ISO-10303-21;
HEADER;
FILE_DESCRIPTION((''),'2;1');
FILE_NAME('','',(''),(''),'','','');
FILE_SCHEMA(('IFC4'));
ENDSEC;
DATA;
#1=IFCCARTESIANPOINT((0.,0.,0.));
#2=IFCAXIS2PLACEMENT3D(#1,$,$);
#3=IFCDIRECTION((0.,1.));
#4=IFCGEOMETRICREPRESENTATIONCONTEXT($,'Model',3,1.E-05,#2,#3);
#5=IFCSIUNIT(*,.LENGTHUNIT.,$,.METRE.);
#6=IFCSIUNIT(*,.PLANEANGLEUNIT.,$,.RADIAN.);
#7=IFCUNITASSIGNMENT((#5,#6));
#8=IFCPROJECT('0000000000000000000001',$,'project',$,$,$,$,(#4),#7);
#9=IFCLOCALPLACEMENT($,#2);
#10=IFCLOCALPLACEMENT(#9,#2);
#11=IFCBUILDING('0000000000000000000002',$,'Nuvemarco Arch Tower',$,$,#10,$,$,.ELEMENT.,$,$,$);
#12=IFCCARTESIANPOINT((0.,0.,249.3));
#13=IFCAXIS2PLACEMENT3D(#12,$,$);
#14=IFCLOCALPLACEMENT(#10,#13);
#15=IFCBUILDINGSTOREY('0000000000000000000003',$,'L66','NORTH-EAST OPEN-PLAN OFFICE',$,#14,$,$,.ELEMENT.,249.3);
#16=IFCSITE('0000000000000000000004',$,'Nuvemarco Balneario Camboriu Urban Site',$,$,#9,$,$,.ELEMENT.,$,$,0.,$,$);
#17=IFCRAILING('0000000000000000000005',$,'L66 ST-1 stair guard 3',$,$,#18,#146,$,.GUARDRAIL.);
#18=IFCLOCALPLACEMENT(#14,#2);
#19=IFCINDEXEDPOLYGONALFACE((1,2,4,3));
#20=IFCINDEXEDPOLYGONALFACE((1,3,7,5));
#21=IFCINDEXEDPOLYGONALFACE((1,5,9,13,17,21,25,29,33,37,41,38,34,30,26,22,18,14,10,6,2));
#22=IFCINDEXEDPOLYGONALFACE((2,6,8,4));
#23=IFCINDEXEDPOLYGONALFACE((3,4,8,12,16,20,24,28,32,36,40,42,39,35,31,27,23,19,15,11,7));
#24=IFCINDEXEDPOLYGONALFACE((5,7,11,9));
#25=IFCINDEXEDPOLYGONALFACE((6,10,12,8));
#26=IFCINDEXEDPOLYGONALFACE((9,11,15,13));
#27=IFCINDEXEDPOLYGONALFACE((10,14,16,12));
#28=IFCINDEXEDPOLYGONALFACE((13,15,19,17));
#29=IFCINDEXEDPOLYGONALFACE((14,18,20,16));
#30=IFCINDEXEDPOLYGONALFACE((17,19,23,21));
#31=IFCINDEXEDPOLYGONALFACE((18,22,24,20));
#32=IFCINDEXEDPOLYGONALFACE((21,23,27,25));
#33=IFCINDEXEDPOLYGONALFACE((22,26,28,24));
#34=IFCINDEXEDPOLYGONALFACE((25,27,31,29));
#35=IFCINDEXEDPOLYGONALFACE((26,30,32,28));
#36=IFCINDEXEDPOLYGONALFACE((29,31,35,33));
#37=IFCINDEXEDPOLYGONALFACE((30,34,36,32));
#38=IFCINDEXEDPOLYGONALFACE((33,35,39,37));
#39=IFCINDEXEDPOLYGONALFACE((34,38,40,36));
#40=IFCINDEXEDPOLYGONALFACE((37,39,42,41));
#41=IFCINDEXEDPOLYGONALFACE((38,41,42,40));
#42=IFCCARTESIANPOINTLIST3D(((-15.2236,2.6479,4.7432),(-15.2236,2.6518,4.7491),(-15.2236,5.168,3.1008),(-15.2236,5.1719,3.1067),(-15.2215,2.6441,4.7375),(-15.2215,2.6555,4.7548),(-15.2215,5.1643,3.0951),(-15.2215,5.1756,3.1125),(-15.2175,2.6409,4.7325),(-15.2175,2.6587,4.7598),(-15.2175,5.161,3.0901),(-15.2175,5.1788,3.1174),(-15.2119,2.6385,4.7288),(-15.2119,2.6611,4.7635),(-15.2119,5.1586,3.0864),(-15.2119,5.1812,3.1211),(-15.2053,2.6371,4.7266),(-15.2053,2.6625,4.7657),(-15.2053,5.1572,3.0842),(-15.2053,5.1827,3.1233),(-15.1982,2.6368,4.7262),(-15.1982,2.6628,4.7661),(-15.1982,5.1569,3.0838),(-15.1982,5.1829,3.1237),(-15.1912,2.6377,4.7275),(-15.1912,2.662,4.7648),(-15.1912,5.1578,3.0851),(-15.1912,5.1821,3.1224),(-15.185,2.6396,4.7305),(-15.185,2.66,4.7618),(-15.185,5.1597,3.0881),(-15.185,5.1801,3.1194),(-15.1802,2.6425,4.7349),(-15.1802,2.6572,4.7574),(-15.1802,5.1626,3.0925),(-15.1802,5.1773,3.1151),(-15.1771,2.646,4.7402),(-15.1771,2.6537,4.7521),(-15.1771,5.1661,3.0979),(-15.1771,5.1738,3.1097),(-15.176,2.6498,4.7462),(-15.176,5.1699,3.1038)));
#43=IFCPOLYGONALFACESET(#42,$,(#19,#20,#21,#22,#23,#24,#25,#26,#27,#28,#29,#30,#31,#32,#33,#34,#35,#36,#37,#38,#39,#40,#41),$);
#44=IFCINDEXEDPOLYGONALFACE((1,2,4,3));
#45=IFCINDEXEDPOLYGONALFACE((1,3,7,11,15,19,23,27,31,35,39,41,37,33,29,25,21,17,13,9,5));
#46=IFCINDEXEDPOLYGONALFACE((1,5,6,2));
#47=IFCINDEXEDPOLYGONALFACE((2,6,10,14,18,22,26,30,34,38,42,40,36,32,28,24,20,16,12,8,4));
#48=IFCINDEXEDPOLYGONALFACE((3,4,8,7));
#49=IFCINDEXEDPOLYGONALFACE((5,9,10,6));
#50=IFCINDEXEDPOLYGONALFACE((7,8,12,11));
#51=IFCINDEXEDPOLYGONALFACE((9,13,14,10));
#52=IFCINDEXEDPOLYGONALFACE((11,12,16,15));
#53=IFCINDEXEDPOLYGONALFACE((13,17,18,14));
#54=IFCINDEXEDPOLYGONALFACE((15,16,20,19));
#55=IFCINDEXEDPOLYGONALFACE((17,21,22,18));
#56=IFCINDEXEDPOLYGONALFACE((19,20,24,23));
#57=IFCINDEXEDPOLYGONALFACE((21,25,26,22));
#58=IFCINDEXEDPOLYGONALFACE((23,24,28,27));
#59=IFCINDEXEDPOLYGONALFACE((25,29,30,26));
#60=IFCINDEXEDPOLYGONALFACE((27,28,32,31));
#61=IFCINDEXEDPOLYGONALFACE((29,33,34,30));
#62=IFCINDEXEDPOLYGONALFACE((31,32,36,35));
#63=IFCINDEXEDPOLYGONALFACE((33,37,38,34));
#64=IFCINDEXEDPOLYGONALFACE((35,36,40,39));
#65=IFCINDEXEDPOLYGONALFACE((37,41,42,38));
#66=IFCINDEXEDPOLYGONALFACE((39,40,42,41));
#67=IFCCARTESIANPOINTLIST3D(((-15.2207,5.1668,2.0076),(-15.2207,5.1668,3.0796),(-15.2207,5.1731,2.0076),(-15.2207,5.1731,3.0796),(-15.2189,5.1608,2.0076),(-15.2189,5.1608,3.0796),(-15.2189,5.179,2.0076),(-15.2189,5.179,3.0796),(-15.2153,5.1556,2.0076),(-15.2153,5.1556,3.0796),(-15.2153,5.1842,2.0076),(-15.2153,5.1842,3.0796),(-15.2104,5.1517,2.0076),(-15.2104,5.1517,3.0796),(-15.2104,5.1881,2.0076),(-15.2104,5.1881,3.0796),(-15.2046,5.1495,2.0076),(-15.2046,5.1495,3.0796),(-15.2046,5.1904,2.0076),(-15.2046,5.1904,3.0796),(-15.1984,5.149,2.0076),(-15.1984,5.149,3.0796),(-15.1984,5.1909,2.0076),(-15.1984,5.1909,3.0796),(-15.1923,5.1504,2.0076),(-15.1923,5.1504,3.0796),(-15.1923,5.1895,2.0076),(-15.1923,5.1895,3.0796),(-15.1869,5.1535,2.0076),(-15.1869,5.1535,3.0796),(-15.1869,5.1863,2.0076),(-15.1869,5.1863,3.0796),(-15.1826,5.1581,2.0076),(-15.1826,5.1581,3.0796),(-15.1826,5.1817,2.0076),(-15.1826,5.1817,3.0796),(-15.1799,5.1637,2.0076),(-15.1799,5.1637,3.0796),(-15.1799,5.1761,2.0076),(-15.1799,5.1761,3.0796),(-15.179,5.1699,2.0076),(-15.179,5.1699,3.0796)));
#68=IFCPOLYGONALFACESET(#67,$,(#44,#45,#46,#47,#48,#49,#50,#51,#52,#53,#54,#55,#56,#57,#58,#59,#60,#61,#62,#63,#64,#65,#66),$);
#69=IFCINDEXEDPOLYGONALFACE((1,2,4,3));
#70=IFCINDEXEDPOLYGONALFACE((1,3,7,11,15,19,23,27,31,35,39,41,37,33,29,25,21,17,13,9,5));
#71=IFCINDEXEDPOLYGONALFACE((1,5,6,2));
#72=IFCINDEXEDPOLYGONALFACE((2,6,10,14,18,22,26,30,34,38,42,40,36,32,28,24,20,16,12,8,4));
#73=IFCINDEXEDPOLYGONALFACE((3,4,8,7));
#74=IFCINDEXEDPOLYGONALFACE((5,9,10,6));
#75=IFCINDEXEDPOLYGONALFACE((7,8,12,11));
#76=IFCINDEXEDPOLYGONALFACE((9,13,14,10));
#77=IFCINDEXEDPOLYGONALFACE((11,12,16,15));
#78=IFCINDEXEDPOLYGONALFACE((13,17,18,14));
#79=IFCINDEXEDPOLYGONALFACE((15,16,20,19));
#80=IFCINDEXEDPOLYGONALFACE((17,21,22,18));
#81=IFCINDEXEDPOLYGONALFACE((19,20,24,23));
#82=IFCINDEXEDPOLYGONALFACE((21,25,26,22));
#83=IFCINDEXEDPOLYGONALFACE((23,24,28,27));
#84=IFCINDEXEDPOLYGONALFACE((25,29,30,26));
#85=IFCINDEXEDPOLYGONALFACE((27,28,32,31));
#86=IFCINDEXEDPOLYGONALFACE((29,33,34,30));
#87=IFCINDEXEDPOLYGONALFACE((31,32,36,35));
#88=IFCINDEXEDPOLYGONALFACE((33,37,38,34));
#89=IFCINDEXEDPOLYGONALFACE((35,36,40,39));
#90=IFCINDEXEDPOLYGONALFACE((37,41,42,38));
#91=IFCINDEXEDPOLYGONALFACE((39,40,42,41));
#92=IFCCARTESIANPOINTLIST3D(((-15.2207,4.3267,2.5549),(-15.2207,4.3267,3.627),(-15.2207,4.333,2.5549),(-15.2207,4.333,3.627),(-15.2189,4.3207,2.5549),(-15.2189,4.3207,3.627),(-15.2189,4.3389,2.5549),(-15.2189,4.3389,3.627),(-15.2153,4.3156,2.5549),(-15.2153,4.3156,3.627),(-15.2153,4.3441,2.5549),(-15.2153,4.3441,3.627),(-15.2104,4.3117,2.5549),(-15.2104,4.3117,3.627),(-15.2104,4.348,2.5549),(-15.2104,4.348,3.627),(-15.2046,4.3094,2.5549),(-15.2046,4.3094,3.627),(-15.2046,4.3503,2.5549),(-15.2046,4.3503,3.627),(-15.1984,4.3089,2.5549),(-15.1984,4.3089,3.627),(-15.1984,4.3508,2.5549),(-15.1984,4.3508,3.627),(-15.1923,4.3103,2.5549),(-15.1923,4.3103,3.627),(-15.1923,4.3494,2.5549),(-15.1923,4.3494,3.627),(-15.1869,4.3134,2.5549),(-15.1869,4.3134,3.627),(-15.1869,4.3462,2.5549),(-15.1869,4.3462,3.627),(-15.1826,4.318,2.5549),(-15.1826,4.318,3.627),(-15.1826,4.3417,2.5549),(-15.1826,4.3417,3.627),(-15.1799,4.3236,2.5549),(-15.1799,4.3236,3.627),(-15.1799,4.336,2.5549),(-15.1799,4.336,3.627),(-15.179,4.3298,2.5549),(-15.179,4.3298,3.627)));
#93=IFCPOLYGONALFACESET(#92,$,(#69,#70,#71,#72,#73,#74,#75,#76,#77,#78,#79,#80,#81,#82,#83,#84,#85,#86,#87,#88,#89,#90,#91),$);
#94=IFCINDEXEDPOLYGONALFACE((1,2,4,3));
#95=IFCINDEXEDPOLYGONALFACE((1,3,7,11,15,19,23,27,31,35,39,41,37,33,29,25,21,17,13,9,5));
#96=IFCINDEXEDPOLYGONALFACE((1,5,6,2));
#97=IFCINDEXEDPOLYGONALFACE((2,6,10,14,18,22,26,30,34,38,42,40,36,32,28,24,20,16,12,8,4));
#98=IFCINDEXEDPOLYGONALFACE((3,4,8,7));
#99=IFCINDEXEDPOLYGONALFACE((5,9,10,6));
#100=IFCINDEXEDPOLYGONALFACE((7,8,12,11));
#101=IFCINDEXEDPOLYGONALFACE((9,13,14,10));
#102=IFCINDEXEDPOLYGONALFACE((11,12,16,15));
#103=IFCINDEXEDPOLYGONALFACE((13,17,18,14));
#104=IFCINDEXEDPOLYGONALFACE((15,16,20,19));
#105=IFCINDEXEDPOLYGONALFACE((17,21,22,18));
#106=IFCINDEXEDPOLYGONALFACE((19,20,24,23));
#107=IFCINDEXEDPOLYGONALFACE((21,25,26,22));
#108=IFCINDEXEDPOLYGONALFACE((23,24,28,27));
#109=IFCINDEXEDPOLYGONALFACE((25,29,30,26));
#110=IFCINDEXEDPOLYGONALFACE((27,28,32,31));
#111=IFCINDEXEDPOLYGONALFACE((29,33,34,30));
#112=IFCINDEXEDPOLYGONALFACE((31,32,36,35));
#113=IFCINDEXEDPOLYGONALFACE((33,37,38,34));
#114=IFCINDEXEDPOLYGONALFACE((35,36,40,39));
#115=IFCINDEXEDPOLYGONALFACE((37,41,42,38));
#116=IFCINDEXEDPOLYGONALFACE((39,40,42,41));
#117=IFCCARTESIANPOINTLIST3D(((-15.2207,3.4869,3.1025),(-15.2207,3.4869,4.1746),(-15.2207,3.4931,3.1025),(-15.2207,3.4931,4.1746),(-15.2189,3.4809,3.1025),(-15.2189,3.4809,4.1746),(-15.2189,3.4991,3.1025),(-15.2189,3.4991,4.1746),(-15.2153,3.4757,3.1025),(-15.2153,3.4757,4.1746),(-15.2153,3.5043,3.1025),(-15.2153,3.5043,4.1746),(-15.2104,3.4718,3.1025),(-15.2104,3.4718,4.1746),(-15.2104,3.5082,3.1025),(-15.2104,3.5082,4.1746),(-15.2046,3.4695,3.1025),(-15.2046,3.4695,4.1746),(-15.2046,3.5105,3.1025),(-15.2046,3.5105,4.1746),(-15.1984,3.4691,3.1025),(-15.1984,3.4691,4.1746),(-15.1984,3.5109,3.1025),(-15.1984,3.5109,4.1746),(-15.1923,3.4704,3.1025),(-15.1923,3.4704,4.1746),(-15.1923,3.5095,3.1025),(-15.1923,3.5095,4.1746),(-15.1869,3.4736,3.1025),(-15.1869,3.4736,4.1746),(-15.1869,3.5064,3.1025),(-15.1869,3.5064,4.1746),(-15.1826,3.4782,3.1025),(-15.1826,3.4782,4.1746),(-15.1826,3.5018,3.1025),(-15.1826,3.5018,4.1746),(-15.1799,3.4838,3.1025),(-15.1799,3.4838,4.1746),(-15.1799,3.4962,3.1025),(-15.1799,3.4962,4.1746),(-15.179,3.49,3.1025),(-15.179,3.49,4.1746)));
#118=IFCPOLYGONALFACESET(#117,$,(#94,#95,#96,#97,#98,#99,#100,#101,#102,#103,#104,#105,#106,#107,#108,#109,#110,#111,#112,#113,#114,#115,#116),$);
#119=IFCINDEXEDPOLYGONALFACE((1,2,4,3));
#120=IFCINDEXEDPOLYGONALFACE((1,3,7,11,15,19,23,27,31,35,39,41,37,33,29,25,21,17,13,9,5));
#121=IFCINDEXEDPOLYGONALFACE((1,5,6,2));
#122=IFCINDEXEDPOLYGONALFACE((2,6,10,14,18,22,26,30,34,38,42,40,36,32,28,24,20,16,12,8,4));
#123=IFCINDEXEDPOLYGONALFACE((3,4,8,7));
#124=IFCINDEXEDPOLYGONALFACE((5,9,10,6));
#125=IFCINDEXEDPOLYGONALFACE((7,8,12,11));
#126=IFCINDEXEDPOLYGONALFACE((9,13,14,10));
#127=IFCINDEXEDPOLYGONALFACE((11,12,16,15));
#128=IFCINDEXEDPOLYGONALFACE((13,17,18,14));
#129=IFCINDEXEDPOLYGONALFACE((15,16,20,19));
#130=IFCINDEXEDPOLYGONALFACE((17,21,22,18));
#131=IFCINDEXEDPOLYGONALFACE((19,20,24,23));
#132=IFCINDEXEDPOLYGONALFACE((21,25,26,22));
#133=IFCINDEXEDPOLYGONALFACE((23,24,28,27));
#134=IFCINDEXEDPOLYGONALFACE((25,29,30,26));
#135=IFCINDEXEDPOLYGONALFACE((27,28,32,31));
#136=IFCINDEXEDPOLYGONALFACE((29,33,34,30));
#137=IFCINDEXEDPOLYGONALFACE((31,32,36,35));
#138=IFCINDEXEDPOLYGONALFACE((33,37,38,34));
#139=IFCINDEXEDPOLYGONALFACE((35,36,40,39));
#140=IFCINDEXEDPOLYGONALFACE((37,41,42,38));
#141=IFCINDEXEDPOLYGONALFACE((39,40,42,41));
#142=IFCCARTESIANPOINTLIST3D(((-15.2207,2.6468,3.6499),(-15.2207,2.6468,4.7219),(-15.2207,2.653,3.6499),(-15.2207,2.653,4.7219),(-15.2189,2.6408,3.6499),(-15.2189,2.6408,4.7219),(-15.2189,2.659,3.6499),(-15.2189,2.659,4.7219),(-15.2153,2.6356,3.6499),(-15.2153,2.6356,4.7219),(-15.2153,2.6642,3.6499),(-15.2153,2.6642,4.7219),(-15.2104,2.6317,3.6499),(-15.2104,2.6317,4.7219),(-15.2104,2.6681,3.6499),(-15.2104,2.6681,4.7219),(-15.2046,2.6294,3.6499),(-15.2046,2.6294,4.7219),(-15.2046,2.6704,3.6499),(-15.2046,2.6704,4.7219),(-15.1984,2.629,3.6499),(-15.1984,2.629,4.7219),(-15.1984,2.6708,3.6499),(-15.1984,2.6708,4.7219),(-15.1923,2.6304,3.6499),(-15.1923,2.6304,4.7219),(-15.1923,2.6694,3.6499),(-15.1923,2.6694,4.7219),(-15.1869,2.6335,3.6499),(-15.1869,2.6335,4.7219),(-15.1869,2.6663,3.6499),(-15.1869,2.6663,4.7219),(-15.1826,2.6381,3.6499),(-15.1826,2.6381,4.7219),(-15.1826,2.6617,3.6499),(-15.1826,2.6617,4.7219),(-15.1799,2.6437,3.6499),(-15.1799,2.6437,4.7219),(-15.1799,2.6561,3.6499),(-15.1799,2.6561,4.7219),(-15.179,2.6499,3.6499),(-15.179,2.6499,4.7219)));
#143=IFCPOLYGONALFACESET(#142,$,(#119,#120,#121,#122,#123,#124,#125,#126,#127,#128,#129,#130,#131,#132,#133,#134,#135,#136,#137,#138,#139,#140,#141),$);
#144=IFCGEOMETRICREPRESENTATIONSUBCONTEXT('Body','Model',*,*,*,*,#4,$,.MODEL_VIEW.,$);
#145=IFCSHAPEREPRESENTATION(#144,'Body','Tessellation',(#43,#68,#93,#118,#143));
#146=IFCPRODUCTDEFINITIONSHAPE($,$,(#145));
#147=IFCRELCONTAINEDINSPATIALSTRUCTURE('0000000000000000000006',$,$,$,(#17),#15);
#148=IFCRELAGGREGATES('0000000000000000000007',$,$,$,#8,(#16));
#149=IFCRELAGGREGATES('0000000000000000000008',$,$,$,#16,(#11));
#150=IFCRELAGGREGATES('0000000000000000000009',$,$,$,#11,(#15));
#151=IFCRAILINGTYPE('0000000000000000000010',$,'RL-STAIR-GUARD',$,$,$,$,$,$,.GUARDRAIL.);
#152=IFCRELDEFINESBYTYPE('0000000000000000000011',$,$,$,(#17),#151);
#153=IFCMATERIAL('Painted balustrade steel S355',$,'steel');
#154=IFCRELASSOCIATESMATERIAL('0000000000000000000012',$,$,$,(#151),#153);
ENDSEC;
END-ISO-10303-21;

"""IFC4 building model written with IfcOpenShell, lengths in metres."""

from ifc_helpers import new_model, si_unit, direction, frame, origin, origin_2d, place, context, subcontext, project, spatial, circle, extrude, material, type_object, element, save


model = new_model("IFC4")

# Units and contexts
model_context = context("Model", 3, precision=1e-05, world=origin(), true_north=direction((0.0, 1.0)))
body_context = subcontext(model_context, "Body", "Model", "MODEL_VIEW")
ifc_project = project(units=[si_unit("LENGTHUNIT", "METRE"), si_unit("PLANEANGLEUNIT", "RADIAN")], contexts=[model_context])

# Site, building, storey
site_placement = place(None, origin())
site = spatial("IfcSite", under=ifc_project, at=site_placement, Name="Nuvemarco Balneario Camboriu Urban Site", CompositionType="ELEMENT", RefElevation=0.0)
building_placement = place(site_placement, origin())
building = spatial("IfcBuilding", under=site, at=building_placement, Name="Nuvemarco Arch Tower", CompositionType="ELEMENT")
storey_placement = place(building_placement, frame((0.0, 0.0, 249.3)))
storey = spatial("IfcBuildingStorey", under=building, at=storey_placement, Name="L66", Description="NORTH-EAST OPEN-PLAN OFFICE", CompositionType="ELEMENT", Elevation=249.3)

# Railing
ifc_material_1 = material(Name="Painted balustrade steel S355", Category="steel")
railing_type_1 = type_object("IfcRailingType", Name="RL-STAIR-GUARD", PredefinedType="GUARDRAIL", material=ifc_material_1)
railing_1_placement = place(storey_placement, frame((-15.2, 5.1699, 2.0076)))
element("IfcRailing", 1, at=railing_1_placement, inside=storey, type_object=railing_type_1, Name="L66 ST-1 stair guard 3", PredefinedType="GUARDRAIL", context=body_context, shape_type="SweptSolid", body=[
    extrude(circle(Radius=0.0239, at=origin_2d()), frame((0.0, 0.0, 1.0962), z_axis=(0.0, -0.837787, 0.545998), x_axis=(1.0, 0.0, 0.0)), (0.0, 0.0, 1.0), 3.0081),
    extrude(circle(Radius=0.021, at=origin_2d()), origin(), (0.0, 0.0, 1.0), 1.072),
    extrude(circle(Radius=0.021, at=origin_2d()), frame((0.0, -0.8401, 0.5474)), (0.0, 0.0, 1.0), 1.072),
    extrude(circle(Radius=0.021, at=origin_2d()), frame((0.0, -1.6799, 1.095)), (0.0, 0.0, 1.0), 1.072),
    extrude(circle(Radius=0.021, at=origin_2d()), frame((0.0, -2.52, 1.6423)), (0.0, 0.0, 1.0), 1.072),
])

save(model, "model.ifc")
